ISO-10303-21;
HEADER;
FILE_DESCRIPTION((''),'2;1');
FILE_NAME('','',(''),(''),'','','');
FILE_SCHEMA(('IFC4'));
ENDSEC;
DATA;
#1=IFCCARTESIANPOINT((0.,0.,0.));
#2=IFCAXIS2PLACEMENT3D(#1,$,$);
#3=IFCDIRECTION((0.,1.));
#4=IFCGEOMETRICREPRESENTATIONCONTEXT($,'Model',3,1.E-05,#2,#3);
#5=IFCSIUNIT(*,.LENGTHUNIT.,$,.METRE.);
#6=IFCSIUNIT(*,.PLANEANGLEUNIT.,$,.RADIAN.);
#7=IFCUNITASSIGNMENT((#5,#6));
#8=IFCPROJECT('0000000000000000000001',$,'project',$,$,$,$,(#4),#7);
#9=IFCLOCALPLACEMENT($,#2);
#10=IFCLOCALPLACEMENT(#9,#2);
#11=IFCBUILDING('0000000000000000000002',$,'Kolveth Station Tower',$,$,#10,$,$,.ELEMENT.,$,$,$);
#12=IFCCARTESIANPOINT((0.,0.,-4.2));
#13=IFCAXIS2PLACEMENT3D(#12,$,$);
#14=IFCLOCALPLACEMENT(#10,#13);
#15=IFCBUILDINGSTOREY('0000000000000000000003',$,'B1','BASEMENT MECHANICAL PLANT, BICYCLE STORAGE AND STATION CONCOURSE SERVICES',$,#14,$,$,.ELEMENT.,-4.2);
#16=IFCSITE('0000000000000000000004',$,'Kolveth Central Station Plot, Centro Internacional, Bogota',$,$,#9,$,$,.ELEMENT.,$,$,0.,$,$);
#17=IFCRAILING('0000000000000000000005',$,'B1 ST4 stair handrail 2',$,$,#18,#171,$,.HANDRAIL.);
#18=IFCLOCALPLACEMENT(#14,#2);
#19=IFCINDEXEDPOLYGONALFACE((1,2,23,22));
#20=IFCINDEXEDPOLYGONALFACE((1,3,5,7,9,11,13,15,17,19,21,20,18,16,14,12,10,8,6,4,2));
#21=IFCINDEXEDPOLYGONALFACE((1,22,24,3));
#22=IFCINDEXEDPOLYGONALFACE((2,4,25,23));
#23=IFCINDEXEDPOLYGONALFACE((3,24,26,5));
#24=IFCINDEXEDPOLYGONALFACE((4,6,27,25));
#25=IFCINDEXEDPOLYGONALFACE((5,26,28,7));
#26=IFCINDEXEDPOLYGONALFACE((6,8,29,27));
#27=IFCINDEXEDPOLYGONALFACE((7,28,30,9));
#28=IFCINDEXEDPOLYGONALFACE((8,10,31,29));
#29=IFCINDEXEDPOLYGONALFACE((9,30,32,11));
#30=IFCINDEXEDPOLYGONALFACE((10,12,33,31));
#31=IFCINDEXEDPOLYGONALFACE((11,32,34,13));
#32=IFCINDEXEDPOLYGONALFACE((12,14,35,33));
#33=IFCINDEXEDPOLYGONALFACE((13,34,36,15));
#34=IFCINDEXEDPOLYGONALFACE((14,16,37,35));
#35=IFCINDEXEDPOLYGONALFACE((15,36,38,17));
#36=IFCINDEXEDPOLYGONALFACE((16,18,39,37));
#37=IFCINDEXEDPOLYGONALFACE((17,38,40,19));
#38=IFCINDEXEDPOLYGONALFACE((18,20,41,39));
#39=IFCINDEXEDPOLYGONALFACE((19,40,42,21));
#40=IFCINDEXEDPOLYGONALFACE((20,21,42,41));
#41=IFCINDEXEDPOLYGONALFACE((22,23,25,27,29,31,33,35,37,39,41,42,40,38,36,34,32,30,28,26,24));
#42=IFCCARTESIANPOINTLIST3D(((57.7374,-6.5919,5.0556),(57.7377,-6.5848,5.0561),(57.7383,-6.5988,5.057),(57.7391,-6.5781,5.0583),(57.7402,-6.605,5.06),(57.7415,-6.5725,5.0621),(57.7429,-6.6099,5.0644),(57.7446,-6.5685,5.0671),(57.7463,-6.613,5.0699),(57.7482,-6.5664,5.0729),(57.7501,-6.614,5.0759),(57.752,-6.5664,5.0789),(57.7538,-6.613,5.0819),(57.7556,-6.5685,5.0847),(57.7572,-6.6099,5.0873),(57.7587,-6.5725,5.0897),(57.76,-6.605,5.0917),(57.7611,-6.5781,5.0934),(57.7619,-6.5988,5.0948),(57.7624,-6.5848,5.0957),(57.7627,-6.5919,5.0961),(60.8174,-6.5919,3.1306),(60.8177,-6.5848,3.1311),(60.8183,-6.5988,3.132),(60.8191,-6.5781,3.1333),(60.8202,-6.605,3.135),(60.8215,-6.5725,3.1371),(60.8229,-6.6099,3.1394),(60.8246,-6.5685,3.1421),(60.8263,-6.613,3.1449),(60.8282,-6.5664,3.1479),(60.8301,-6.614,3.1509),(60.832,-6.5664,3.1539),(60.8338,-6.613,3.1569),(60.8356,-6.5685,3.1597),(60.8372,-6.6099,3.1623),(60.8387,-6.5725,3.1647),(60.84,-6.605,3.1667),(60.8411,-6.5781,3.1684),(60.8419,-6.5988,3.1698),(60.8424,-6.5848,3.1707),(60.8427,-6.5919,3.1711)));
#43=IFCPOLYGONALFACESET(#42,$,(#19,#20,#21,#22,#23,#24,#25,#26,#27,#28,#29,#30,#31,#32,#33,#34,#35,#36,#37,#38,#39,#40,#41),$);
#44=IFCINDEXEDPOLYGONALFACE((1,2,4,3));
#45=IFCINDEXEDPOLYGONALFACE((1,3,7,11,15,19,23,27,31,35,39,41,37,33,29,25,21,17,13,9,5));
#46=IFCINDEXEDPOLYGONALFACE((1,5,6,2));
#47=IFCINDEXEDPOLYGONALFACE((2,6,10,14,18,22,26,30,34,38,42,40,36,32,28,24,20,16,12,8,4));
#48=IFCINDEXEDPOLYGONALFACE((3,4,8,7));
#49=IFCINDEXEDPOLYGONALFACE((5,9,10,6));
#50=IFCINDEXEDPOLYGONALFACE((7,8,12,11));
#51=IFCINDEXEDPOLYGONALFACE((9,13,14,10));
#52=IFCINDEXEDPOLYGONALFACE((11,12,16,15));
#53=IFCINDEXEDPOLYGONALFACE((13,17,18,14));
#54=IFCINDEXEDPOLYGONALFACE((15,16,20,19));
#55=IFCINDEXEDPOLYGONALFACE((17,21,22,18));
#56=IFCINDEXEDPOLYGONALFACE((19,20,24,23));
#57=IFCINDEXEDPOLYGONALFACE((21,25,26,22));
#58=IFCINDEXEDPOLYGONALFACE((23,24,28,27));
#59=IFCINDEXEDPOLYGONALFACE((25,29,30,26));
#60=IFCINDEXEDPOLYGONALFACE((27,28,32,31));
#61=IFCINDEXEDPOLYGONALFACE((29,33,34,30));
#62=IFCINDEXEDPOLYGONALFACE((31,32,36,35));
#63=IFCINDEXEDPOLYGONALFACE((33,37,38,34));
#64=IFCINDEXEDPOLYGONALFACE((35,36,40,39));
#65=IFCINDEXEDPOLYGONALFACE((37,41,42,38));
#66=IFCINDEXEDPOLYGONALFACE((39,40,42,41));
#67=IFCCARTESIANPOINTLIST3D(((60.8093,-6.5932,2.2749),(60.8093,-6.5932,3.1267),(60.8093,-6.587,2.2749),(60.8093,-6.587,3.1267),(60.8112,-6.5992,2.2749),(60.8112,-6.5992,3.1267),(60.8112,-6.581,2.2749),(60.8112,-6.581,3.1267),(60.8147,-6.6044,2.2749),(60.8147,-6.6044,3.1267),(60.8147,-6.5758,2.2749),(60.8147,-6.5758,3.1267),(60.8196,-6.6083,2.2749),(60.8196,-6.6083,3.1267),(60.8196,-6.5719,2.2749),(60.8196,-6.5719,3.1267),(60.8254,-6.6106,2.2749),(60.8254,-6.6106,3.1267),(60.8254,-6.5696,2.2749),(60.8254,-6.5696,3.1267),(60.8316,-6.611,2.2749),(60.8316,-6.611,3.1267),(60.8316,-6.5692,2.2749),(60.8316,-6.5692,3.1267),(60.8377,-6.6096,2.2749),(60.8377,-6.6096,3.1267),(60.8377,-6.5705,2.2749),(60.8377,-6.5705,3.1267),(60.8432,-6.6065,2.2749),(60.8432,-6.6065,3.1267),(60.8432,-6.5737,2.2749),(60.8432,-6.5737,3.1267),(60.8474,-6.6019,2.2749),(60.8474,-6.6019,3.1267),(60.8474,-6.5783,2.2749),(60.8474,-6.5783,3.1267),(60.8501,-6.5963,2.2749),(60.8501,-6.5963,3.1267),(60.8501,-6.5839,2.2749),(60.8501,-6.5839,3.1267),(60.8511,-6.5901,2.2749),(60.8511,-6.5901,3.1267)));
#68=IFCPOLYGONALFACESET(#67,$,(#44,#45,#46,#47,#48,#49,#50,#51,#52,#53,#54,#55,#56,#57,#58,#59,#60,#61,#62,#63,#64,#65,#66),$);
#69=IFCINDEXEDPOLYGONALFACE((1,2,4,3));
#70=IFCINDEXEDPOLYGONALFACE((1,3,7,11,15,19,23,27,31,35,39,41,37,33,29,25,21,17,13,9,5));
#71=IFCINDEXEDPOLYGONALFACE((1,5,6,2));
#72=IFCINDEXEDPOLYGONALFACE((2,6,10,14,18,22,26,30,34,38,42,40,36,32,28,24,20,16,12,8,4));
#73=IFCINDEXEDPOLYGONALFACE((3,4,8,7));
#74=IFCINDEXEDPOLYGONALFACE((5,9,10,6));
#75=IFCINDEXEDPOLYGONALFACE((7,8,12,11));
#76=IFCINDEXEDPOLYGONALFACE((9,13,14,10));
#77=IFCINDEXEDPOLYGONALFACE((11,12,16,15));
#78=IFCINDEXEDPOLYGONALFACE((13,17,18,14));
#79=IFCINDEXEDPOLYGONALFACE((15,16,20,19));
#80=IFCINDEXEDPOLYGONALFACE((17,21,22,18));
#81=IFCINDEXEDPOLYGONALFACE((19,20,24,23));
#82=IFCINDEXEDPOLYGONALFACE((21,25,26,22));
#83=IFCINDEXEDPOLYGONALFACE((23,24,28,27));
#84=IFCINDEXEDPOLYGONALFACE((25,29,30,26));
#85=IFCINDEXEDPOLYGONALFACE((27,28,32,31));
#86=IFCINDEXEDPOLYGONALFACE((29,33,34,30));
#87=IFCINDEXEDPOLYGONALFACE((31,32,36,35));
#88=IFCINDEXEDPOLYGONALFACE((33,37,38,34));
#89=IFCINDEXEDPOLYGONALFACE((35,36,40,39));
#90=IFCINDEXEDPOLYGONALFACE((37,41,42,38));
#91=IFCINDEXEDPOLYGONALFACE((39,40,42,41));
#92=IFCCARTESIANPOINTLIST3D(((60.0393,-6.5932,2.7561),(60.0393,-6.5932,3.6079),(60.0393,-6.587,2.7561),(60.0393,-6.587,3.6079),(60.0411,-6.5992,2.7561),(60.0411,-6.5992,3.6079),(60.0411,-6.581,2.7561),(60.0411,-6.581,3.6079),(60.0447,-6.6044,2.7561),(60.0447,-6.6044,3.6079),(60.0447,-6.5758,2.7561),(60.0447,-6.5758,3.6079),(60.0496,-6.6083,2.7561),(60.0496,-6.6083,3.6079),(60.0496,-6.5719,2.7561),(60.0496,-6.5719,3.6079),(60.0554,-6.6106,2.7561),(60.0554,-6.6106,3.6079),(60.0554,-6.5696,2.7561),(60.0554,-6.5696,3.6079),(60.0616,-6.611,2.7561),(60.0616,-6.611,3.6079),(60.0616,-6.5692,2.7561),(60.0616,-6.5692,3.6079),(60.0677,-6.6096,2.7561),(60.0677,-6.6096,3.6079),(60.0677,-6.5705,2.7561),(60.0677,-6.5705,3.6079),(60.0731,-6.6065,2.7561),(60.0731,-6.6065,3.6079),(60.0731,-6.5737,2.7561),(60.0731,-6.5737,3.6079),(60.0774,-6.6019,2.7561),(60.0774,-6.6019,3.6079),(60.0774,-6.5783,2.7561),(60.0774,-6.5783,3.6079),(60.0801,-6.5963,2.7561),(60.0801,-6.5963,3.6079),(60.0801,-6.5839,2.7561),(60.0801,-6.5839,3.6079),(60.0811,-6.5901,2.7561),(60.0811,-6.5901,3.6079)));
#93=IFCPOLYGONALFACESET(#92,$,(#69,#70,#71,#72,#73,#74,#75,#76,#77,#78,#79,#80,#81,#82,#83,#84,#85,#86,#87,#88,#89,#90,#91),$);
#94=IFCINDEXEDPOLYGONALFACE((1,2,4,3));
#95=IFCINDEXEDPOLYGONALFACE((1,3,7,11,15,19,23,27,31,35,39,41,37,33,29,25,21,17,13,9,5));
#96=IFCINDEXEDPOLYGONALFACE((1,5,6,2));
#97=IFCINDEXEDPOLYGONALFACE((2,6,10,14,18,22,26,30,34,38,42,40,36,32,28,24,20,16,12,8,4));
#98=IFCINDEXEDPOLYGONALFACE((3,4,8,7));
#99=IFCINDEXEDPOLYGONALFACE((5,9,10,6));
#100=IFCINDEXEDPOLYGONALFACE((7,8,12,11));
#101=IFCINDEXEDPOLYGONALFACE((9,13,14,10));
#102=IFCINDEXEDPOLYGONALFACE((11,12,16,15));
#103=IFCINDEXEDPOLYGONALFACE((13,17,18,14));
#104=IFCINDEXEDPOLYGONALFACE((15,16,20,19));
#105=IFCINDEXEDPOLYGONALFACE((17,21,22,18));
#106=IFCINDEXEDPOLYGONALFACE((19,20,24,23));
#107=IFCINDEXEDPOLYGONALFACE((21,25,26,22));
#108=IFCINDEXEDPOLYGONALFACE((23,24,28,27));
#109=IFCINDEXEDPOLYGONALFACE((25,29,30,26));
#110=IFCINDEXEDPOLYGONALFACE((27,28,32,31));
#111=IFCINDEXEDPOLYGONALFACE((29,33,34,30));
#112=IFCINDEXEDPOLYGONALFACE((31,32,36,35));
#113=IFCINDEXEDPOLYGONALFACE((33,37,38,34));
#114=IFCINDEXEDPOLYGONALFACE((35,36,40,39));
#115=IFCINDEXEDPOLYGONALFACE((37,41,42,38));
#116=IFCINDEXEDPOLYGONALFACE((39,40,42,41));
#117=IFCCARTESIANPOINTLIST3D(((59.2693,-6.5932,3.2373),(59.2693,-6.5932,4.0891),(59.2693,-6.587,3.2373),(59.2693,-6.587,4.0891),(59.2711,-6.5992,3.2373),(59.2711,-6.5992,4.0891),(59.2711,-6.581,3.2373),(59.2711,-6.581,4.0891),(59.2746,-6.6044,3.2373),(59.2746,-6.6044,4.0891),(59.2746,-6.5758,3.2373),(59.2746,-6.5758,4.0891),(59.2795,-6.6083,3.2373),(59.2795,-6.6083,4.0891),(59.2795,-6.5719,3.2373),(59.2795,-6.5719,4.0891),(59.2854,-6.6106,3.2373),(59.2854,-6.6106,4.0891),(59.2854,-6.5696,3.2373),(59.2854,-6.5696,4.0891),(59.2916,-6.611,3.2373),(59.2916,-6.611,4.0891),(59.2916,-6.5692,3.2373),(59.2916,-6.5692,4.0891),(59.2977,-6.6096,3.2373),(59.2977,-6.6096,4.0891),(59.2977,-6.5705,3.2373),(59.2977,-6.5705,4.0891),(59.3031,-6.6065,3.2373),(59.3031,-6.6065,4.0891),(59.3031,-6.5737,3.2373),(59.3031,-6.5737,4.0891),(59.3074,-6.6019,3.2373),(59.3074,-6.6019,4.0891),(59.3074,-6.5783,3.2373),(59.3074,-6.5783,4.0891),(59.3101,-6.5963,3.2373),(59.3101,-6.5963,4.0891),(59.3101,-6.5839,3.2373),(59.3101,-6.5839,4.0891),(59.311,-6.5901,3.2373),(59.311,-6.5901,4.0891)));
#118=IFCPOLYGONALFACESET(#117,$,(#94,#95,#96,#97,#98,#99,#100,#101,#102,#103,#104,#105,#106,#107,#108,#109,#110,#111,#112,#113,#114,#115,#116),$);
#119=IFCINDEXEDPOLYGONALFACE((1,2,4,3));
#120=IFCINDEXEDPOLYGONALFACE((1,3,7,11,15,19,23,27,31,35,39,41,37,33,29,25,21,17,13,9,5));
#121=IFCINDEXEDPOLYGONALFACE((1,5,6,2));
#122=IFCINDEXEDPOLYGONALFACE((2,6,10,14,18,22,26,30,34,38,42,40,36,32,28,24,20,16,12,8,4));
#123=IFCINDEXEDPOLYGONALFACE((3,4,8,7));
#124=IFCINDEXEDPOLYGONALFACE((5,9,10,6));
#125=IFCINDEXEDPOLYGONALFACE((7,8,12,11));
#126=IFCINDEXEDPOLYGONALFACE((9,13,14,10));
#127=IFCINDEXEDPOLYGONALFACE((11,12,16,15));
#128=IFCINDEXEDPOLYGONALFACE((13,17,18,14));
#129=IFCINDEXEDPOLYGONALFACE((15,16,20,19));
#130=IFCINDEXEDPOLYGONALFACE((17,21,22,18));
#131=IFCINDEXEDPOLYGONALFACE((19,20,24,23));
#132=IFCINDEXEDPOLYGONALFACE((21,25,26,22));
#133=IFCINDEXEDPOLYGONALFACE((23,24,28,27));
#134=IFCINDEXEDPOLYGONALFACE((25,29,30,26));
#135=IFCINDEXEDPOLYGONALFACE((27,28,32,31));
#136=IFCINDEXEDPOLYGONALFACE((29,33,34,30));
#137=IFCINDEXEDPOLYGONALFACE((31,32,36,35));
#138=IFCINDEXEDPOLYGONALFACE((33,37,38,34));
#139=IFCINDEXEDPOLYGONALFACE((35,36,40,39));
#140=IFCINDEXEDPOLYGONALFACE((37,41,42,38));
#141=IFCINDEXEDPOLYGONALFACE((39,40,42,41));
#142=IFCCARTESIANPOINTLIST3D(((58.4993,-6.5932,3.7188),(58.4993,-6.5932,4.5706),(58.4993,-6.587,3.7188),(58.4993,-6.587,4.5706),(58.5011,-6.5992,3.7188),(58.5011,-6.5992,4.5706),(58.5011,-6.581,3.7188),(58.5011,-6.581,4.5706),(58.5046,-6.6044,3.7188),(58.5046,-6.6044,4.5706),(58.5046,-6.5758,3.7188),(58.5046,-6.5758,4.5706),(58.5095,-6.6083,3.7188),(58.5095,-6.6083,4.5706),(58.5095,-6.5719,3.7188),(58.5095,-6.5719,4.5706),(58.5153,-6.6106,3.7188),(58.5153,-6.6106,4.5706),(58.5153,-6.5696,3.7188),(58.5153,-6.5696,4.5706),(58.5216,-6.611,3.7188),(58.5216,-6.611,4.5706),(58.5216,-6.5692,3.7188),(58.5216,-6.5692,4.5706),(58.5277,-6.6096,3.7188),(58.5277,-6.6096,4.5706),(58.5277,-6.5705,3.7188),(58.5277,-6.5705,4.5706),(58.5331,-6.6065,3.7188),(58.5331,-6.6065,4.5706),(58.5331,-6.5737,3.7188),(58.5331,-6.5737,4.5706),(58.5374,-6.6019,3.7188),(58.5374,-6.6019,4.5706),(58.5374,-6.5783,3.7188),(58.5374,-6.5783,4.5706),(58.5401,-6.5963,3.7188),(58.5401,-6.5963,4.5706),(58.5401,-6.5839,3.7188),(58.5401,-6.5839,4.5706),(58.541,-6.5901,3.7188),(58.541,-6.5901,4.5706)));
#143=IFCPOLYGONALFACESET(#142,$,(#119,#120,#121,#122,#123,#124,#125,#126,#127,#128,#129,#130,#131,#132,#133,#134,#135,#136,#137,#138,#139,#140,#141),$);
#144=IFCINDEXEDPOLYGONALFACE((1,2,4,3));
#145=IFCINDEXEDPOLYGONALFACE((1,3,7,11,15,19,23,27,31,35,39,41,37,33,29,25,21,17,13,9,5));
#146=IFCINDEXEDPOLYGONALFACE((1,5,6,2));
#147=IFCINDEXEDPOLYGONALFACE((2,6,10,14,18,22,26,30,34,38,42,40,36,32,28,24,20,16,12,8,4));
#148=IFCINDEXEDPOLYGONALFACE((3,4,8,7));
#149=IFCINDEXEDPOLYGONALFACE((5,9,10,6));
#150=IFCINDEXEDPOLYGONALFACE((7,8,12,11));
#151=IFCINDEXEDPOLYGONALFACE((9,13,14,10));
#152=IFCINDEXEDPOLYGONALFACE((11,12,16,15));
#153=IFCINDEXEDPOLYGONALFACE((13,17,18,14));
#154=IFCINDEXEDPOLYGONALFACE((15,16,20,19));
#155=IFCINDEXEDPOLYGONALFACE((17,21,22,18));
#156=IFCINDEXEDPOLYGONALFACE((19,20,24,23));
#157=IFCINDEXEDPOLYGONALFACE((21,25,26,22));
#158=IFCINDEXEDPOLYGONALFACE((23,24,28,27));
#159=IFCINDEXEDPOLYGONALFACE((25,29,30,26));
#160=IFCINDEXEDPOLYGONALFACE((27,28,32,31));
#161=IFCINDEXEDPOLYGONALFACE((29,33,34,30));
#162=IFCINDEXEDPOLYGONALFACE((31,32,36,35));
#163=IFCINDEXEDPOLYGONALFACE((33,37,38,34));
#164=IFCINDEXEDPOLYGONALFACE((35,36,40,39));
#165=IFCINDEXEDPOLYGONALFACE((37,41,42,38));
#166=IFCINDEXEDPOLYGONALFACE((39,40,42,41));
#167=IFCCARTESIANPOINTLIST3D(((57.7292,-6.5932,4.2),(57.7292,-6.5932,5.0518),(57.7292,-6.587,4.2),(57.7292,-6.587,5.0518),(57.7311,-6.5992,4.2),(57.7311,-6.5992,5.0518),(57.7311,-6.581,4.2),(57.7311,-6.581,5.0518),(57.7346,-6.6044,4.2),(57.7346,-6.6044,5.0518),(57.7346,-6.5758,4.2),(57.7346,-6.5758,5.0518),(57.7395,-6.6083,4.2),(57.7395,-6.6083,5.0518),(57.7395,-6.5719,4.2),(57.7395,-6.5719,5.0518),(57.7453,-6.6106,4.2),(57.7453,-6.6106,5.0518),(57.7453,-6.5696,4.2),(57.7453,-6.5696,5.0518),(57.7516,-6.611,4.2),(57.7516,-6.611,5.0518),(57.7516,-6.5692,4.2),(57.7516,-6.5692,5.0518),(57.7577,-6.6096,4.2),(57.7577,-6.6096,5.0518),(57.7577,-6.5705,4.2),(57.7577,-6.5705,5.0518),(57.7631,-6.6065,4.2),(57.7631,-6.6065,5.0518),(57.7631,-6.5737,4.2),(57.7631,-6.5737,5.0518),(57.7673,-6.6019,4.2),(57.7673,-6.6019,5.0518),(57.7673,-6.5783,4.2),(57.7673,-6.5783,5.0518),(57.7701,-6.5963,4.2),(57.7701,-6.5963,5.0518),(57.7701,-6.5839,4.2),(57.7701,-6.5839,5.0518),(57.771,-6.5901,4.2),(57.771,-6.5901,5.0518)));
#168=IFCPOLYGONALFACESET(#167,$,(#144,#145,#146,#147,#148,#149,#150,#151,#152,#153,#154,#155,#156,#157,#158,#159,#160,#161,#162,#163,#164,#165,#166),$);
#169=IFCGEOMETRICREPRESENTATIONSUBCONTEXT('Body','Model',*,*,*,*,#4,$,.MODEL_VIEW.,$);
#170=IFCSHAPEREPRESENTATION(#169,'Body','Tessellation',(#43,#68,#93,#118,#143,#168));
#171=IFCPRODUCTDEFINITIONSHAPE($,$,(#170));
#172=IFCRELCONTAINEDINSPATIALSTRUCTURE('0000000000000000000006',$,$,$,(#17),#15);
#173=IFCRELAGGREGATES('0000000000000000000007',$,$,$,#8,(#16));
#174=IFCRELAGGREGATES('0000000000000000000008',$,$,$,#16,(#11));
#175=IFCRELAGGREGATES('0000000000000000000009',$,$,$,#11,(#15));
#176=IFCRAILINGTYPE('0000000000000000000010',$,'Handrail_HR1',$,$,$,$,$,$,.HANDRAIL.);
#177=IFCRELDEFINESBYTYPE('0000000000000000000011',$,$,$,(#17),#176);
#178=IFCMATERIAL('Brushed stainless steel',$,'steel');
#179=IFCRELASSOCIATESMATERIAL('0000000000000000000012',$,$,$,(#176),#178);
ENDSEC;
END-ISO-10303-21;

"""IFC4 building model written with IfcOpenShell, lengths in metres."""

from ifc_helpers import new_model, si_unit, direction, frame, origin, origin_2d, place, context, subcontext, project, spatial, circle, extrude, material, type_object, element, save


model = new_model("IFC4")

# Units and contexts
model_context = context("Model", 3, precision=1e-05, world=origin(), true_north=direction((0.0, 1.0)))
body_context = subcontext(model_context, "Body", "Model", "MODEL_VIEW")
ifc_project = project(units=[si_unit("LENGTHUNIT", "METRE"), si_unit("PLANEANGLEUNIT", "RADIAN")], contexts=[model_context])

# Site, building, storey
site_placement = place(None, origin())
site = spatial("IfcSite", under=ifc_project, at=site_placement, Name="Kolveth Central Station Plot, Centro Internacional, Bogota", CompositionType="ELEMENT", RefElevation=0.0)
building_placement = place(site_placement, origin())
building = spatial("IfcBuilding", under=site, at=building_placement, Name="Kolveth Station Tower", CompositionType="ELEMENT")
storey_placement = place(building_placement, frame((0.0, 0.0, -4.2)))
storey = spatial("IfcBuildingStorey", under=building, at=storey_placement, Name="B1", Description="BASEMENT MECHANICAL PLANT, BICYCLE STORAGE AND STATION CONCOURSE SERVICES", CompositionType="ELEMENT", Elevation=-4.2)

# Railing
ifc_material_1 = material(Name="Brushed stainless steel", Category="steel")
railing_type_1 = type_object("IfcRailingType", Name="Handrail_HR1", PredefinedType="HANDRAIL", material=ifc_material_1)
railing_1_placement = place(storey_placement, frame((60.8301, -6.5901, 2.2749)))
element("IfcRailing", 1, at=railing_1_placement, inside=storey, type_object=railing_type_1, Name="B1 ST4 stair handrail 2", PredefinedType="HANDRAIL", context=body_context, shape_type="SweptSolid", body=[
    extrude(circle(Radius=0.0239, at=origin_2d()), frame((0.0, 0.0, 0.876), z_axis=(-0.847998, 0.0, 0.529999), x_axis=(0.0, -1.0, 0.0)), (0.0, 0.0, 1.0), 3.6321),
    extrude(circle(Radius=0.021, at=origin_2d()), origin(), (0.0, 0.0, 1.0), 0.8518),
    extrude(circle(Radius=0.021, at=origin_2d()), frame((-0.77, 0.0, 0.4812)), (0.0, 0.0, 1.0), 0.8518),
    extrude(circle(Radius=0.021, at=origin_2d()), frame((-1.54, 0.0, 0.9624)), (0.0, 0.0, 1.0), 0.8518),
    extrude(circle(Radius=0.021, at=origin_2d()), frame((-2.3101, 0.0, 1.4438)), (0.0, 0.0, 1.0), 0.8518),
    extrude(circle(Radius=0.021, at=origin_2d()), frame((-3.0801, 0.0, 1.925)), (0.0, 0.0, 1.0), 0.8518),
])

save(model, "model.ifc")
